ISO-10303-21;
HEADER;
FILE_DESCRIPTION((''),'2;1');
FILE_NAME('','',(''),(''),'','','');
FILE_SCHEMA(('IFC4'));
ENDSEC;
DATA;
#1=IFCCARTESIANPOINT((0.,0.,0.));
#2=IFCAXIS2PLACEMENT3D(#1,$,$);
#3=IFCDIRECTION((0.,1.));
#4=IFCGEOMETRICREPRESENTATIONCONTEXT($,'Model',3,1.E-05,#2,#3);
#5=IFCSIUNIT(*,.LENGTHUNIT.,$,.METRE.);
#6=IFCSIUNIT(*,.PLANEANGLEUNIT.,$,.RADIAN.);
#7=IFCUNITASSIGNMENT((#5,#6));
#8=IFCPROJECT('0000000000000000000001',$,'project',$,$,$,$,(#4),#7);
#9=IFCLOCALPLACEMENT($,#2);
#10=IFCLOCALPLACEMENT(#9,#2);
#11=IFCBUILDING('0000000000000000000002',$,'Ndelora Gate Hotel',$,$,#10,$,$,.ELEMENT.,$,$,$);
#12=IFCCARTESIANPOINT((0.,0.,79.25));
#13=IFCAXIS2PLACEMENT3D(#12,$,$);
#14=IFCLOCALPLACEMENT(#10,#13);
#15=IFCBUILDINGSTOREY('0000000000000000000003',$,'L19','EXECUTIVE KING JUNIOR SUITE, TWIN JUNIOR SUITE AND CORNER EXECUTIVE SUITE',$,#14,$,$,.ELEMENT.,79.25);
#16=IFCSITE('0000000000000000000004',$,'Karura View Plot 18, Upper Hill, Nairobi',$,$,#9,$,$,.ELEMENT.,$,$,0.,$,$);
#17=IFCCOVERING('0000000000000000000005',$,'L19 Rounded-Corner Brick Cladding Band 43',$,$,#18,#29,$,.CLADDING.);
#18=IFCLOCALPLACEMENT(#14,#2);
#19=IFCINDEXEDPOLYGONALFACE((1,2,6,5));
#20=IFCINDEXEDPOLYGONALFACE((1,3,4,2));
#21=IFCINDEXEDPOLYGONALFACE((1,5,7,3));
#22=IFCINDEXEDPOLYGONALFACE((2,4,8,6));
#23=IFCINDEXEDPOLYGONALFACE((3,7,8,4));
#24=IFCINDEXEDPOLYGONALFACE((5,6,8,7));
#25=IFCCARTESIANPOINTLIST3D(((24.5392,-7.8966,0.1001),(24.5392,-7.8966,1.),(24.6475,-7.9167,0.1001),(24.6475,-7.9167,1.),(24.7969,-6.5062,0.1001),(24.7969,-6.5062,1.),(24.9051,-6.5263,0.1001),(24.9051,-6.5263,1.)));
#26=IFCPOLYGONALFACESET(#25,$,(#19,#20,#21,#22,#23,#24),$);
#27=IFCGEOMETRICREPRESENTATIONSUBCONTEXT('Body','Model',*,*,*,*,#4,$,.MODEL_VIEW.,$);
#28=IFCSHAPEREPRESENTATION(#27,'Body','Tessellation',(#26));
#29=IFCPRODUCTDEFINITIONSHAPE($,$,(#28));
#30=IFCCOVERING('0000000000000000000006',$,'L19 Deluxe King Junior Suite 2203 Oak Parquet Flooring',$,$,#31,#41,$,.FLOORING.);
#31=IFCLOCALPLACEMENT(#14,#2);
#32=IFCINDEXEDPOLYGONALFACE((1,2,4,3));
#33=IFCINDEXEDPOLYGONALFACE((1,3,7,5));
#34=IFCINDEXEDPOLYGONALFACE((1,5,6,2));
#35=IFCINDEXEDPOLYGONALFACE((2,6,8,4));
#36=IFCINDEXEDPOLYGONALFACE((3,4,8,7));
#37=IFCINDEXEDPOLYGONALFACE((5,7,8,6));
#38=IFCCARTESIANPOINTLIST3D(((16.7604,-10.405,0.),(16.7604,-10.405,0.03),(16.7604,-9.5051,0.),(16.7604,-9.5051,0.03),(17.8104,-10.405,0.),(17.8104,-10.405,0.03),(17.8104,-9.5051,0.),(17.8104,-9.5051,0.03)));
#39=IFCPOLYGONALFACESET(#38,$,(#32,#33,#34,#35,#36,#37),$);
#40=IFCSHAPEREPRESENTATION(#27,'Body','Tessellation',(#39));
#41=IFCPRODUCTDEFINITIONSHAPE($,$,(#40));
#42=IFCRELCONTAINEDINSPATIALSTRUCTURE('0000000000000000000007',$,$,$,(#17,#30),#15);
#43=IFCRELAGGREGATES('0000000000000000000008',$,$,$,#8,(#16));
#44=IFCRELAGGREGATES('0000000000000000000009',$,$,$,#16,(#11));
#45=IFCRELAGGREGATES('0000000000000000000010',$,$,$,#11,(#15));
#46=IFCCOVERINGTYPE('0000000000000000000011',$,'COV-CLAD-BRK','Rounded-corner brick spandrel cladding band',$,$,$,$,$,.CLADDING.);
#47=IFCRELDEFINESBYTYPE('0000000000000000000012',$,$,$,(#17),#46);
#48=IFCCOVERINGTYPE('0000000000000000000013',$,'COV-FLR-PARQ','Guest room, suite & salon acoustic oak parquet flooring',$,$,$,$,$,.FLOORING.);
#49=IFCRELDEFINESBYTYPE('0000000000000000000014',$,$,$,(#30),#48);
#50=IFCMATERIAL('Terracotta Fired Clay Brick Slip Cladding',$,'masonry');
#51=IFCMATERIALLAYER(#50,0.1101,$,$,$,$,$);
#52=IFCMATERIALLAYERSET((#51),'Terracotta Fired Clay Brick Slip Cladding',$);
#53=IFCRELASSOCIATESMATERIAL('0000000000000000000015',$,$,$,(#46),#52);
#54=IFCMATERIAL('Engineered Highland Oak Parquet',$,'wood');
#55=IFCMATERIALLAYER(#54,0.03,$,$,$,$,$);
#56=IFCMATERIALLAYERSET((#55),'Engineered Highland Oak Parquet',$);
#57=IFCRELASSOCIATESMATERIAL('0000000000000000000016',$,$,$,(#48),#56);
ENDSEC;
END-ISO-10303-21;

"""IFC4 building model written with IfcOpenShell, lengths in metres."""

from ifc_helpers import new_model, si_unit, direction, frame, origin, origin_2d, place, context, subcontext, project, spatial, rectangle, extrude, material, layer, layer_set, type_object, element, save


model = new_model("IFC4")

# Units and contexts
model_context = context("Model", 3, precision=1e-05, world=origin(), true_north=direction((0.0, 1.0)))
body_context = subcontext(model_context, "Body", "Model", "MODEL_VIEW")
ifc_project = project(units=[si_unit("LENGTHUNIT", "METRE"), si_unit("PLANEANGLEUNIT", "RADIAN")], contexts=[model_context])

# Site, building, storey
site_placement = place(None, origin())
site = spatial("IfcSite", under=ifc_project, at=site_placement, Name="Karura View Plot 18, Upper Hill, Nairobi", CompositionType="ELEMENT", RefElevation=0.0)
building_placement = place(site_placement, origin())
building = spatial("IfcBuilding", under=site, at=building_placement, Name="Ndelora Gate Hotel", CompositionType="ELEMENT")
storey_placement = place(building_placement, frame((0.0, 0.0, 79.25)))
storey = spatial("IfcBuildingStorey", under=building, at=storey_placement, Name="L19", Description="EXECUTIVE KING JUNIOR SUITE, TWIN JUNIOR SUITE AND CORNER EXECUTIVE SUITE", CompositionType="ELEMENT", Elevation=79.25)

# Coverings
ifc_material_1 = material(Name="Terracotta Fired Clay Brick Slip Cladding", Category="masonry")
ifc_layer_1 = layer(ifc_material_1, 0.1101)
ifc_layer_set_1 = layer_set([ifc_layer_1], Name="Terracotta Fired Clay Brick Slip Cladding")
covering_type_1 = type_object("IfcCoveringType", Name="COV-CLAD-BRK", Description="Rounded-corner brick spandrel cladding band", PredefinedType="CLADDING", material=ifc_layer_set_1)
for number, where, z_axis, x_axis, name in (
    (1, (24.7222, -7.2114, 0.1001), (0.0, 0.0, 1.0), (0.182236, 0.983255, 0.0), "L19 Rounded-Corner Brick Cladding Band 43"),
):
    element("IfcCovering", number, at=place(storey_placement, frame(where, z_axis=z_axis, x_axis=x_axis)), inside=storey, type_object=covering_type_1, Name=name, PredefinedType="CLADDING", context=body_context, shape_type="SweptSolid", body=[
        extrude(rectangle(XDim=1.4141, YDim=0.1101, at=origin_2d()), origin(), (0.0, 0.0, 1.0), 0.8999),
    ])
ifc_material_2 = material(Name="Engineered Highland Oak Parquet", Category="wood")
ifc_layer_2 = layer(ifc_material_2, 0.03)
ifc_layer_set_2 = layer_set([ifc_layer_2], Name="Engineered Highland Oak Parquet")
covering_type_2 = type_object("IfcCoveringType", Name="COV-FLR-PARQ", Description="Guest room, suite & salon acoustic oak parquet flooring", PredefinedType="FLOORING", material=ifc_layer_set_2)
covering_1_placement = place(storey_placement, frame((17.2854, -9.9551, 0.0), z_axis=(0.0, 0.0, 1.0), x_axis=(1.0, 0.0, 0.0)))
element("IfcCovering", 2, at=covering_1_placement, inside=storey, type_object=covering_type_2, Name="L19 Deluxe King Junior Suite 2203 Oak Parquet Flooring", PredefinedType="FLOORING", context=body_context, shape_type="SweptSolid", body=[
    extrude(rectangle(XDim=1.05, YDim=0.8999, at=origin_2d()), origin(), (0.0, 0.0, 1.0), 0.03),
])

save(model, "model.ifc")
